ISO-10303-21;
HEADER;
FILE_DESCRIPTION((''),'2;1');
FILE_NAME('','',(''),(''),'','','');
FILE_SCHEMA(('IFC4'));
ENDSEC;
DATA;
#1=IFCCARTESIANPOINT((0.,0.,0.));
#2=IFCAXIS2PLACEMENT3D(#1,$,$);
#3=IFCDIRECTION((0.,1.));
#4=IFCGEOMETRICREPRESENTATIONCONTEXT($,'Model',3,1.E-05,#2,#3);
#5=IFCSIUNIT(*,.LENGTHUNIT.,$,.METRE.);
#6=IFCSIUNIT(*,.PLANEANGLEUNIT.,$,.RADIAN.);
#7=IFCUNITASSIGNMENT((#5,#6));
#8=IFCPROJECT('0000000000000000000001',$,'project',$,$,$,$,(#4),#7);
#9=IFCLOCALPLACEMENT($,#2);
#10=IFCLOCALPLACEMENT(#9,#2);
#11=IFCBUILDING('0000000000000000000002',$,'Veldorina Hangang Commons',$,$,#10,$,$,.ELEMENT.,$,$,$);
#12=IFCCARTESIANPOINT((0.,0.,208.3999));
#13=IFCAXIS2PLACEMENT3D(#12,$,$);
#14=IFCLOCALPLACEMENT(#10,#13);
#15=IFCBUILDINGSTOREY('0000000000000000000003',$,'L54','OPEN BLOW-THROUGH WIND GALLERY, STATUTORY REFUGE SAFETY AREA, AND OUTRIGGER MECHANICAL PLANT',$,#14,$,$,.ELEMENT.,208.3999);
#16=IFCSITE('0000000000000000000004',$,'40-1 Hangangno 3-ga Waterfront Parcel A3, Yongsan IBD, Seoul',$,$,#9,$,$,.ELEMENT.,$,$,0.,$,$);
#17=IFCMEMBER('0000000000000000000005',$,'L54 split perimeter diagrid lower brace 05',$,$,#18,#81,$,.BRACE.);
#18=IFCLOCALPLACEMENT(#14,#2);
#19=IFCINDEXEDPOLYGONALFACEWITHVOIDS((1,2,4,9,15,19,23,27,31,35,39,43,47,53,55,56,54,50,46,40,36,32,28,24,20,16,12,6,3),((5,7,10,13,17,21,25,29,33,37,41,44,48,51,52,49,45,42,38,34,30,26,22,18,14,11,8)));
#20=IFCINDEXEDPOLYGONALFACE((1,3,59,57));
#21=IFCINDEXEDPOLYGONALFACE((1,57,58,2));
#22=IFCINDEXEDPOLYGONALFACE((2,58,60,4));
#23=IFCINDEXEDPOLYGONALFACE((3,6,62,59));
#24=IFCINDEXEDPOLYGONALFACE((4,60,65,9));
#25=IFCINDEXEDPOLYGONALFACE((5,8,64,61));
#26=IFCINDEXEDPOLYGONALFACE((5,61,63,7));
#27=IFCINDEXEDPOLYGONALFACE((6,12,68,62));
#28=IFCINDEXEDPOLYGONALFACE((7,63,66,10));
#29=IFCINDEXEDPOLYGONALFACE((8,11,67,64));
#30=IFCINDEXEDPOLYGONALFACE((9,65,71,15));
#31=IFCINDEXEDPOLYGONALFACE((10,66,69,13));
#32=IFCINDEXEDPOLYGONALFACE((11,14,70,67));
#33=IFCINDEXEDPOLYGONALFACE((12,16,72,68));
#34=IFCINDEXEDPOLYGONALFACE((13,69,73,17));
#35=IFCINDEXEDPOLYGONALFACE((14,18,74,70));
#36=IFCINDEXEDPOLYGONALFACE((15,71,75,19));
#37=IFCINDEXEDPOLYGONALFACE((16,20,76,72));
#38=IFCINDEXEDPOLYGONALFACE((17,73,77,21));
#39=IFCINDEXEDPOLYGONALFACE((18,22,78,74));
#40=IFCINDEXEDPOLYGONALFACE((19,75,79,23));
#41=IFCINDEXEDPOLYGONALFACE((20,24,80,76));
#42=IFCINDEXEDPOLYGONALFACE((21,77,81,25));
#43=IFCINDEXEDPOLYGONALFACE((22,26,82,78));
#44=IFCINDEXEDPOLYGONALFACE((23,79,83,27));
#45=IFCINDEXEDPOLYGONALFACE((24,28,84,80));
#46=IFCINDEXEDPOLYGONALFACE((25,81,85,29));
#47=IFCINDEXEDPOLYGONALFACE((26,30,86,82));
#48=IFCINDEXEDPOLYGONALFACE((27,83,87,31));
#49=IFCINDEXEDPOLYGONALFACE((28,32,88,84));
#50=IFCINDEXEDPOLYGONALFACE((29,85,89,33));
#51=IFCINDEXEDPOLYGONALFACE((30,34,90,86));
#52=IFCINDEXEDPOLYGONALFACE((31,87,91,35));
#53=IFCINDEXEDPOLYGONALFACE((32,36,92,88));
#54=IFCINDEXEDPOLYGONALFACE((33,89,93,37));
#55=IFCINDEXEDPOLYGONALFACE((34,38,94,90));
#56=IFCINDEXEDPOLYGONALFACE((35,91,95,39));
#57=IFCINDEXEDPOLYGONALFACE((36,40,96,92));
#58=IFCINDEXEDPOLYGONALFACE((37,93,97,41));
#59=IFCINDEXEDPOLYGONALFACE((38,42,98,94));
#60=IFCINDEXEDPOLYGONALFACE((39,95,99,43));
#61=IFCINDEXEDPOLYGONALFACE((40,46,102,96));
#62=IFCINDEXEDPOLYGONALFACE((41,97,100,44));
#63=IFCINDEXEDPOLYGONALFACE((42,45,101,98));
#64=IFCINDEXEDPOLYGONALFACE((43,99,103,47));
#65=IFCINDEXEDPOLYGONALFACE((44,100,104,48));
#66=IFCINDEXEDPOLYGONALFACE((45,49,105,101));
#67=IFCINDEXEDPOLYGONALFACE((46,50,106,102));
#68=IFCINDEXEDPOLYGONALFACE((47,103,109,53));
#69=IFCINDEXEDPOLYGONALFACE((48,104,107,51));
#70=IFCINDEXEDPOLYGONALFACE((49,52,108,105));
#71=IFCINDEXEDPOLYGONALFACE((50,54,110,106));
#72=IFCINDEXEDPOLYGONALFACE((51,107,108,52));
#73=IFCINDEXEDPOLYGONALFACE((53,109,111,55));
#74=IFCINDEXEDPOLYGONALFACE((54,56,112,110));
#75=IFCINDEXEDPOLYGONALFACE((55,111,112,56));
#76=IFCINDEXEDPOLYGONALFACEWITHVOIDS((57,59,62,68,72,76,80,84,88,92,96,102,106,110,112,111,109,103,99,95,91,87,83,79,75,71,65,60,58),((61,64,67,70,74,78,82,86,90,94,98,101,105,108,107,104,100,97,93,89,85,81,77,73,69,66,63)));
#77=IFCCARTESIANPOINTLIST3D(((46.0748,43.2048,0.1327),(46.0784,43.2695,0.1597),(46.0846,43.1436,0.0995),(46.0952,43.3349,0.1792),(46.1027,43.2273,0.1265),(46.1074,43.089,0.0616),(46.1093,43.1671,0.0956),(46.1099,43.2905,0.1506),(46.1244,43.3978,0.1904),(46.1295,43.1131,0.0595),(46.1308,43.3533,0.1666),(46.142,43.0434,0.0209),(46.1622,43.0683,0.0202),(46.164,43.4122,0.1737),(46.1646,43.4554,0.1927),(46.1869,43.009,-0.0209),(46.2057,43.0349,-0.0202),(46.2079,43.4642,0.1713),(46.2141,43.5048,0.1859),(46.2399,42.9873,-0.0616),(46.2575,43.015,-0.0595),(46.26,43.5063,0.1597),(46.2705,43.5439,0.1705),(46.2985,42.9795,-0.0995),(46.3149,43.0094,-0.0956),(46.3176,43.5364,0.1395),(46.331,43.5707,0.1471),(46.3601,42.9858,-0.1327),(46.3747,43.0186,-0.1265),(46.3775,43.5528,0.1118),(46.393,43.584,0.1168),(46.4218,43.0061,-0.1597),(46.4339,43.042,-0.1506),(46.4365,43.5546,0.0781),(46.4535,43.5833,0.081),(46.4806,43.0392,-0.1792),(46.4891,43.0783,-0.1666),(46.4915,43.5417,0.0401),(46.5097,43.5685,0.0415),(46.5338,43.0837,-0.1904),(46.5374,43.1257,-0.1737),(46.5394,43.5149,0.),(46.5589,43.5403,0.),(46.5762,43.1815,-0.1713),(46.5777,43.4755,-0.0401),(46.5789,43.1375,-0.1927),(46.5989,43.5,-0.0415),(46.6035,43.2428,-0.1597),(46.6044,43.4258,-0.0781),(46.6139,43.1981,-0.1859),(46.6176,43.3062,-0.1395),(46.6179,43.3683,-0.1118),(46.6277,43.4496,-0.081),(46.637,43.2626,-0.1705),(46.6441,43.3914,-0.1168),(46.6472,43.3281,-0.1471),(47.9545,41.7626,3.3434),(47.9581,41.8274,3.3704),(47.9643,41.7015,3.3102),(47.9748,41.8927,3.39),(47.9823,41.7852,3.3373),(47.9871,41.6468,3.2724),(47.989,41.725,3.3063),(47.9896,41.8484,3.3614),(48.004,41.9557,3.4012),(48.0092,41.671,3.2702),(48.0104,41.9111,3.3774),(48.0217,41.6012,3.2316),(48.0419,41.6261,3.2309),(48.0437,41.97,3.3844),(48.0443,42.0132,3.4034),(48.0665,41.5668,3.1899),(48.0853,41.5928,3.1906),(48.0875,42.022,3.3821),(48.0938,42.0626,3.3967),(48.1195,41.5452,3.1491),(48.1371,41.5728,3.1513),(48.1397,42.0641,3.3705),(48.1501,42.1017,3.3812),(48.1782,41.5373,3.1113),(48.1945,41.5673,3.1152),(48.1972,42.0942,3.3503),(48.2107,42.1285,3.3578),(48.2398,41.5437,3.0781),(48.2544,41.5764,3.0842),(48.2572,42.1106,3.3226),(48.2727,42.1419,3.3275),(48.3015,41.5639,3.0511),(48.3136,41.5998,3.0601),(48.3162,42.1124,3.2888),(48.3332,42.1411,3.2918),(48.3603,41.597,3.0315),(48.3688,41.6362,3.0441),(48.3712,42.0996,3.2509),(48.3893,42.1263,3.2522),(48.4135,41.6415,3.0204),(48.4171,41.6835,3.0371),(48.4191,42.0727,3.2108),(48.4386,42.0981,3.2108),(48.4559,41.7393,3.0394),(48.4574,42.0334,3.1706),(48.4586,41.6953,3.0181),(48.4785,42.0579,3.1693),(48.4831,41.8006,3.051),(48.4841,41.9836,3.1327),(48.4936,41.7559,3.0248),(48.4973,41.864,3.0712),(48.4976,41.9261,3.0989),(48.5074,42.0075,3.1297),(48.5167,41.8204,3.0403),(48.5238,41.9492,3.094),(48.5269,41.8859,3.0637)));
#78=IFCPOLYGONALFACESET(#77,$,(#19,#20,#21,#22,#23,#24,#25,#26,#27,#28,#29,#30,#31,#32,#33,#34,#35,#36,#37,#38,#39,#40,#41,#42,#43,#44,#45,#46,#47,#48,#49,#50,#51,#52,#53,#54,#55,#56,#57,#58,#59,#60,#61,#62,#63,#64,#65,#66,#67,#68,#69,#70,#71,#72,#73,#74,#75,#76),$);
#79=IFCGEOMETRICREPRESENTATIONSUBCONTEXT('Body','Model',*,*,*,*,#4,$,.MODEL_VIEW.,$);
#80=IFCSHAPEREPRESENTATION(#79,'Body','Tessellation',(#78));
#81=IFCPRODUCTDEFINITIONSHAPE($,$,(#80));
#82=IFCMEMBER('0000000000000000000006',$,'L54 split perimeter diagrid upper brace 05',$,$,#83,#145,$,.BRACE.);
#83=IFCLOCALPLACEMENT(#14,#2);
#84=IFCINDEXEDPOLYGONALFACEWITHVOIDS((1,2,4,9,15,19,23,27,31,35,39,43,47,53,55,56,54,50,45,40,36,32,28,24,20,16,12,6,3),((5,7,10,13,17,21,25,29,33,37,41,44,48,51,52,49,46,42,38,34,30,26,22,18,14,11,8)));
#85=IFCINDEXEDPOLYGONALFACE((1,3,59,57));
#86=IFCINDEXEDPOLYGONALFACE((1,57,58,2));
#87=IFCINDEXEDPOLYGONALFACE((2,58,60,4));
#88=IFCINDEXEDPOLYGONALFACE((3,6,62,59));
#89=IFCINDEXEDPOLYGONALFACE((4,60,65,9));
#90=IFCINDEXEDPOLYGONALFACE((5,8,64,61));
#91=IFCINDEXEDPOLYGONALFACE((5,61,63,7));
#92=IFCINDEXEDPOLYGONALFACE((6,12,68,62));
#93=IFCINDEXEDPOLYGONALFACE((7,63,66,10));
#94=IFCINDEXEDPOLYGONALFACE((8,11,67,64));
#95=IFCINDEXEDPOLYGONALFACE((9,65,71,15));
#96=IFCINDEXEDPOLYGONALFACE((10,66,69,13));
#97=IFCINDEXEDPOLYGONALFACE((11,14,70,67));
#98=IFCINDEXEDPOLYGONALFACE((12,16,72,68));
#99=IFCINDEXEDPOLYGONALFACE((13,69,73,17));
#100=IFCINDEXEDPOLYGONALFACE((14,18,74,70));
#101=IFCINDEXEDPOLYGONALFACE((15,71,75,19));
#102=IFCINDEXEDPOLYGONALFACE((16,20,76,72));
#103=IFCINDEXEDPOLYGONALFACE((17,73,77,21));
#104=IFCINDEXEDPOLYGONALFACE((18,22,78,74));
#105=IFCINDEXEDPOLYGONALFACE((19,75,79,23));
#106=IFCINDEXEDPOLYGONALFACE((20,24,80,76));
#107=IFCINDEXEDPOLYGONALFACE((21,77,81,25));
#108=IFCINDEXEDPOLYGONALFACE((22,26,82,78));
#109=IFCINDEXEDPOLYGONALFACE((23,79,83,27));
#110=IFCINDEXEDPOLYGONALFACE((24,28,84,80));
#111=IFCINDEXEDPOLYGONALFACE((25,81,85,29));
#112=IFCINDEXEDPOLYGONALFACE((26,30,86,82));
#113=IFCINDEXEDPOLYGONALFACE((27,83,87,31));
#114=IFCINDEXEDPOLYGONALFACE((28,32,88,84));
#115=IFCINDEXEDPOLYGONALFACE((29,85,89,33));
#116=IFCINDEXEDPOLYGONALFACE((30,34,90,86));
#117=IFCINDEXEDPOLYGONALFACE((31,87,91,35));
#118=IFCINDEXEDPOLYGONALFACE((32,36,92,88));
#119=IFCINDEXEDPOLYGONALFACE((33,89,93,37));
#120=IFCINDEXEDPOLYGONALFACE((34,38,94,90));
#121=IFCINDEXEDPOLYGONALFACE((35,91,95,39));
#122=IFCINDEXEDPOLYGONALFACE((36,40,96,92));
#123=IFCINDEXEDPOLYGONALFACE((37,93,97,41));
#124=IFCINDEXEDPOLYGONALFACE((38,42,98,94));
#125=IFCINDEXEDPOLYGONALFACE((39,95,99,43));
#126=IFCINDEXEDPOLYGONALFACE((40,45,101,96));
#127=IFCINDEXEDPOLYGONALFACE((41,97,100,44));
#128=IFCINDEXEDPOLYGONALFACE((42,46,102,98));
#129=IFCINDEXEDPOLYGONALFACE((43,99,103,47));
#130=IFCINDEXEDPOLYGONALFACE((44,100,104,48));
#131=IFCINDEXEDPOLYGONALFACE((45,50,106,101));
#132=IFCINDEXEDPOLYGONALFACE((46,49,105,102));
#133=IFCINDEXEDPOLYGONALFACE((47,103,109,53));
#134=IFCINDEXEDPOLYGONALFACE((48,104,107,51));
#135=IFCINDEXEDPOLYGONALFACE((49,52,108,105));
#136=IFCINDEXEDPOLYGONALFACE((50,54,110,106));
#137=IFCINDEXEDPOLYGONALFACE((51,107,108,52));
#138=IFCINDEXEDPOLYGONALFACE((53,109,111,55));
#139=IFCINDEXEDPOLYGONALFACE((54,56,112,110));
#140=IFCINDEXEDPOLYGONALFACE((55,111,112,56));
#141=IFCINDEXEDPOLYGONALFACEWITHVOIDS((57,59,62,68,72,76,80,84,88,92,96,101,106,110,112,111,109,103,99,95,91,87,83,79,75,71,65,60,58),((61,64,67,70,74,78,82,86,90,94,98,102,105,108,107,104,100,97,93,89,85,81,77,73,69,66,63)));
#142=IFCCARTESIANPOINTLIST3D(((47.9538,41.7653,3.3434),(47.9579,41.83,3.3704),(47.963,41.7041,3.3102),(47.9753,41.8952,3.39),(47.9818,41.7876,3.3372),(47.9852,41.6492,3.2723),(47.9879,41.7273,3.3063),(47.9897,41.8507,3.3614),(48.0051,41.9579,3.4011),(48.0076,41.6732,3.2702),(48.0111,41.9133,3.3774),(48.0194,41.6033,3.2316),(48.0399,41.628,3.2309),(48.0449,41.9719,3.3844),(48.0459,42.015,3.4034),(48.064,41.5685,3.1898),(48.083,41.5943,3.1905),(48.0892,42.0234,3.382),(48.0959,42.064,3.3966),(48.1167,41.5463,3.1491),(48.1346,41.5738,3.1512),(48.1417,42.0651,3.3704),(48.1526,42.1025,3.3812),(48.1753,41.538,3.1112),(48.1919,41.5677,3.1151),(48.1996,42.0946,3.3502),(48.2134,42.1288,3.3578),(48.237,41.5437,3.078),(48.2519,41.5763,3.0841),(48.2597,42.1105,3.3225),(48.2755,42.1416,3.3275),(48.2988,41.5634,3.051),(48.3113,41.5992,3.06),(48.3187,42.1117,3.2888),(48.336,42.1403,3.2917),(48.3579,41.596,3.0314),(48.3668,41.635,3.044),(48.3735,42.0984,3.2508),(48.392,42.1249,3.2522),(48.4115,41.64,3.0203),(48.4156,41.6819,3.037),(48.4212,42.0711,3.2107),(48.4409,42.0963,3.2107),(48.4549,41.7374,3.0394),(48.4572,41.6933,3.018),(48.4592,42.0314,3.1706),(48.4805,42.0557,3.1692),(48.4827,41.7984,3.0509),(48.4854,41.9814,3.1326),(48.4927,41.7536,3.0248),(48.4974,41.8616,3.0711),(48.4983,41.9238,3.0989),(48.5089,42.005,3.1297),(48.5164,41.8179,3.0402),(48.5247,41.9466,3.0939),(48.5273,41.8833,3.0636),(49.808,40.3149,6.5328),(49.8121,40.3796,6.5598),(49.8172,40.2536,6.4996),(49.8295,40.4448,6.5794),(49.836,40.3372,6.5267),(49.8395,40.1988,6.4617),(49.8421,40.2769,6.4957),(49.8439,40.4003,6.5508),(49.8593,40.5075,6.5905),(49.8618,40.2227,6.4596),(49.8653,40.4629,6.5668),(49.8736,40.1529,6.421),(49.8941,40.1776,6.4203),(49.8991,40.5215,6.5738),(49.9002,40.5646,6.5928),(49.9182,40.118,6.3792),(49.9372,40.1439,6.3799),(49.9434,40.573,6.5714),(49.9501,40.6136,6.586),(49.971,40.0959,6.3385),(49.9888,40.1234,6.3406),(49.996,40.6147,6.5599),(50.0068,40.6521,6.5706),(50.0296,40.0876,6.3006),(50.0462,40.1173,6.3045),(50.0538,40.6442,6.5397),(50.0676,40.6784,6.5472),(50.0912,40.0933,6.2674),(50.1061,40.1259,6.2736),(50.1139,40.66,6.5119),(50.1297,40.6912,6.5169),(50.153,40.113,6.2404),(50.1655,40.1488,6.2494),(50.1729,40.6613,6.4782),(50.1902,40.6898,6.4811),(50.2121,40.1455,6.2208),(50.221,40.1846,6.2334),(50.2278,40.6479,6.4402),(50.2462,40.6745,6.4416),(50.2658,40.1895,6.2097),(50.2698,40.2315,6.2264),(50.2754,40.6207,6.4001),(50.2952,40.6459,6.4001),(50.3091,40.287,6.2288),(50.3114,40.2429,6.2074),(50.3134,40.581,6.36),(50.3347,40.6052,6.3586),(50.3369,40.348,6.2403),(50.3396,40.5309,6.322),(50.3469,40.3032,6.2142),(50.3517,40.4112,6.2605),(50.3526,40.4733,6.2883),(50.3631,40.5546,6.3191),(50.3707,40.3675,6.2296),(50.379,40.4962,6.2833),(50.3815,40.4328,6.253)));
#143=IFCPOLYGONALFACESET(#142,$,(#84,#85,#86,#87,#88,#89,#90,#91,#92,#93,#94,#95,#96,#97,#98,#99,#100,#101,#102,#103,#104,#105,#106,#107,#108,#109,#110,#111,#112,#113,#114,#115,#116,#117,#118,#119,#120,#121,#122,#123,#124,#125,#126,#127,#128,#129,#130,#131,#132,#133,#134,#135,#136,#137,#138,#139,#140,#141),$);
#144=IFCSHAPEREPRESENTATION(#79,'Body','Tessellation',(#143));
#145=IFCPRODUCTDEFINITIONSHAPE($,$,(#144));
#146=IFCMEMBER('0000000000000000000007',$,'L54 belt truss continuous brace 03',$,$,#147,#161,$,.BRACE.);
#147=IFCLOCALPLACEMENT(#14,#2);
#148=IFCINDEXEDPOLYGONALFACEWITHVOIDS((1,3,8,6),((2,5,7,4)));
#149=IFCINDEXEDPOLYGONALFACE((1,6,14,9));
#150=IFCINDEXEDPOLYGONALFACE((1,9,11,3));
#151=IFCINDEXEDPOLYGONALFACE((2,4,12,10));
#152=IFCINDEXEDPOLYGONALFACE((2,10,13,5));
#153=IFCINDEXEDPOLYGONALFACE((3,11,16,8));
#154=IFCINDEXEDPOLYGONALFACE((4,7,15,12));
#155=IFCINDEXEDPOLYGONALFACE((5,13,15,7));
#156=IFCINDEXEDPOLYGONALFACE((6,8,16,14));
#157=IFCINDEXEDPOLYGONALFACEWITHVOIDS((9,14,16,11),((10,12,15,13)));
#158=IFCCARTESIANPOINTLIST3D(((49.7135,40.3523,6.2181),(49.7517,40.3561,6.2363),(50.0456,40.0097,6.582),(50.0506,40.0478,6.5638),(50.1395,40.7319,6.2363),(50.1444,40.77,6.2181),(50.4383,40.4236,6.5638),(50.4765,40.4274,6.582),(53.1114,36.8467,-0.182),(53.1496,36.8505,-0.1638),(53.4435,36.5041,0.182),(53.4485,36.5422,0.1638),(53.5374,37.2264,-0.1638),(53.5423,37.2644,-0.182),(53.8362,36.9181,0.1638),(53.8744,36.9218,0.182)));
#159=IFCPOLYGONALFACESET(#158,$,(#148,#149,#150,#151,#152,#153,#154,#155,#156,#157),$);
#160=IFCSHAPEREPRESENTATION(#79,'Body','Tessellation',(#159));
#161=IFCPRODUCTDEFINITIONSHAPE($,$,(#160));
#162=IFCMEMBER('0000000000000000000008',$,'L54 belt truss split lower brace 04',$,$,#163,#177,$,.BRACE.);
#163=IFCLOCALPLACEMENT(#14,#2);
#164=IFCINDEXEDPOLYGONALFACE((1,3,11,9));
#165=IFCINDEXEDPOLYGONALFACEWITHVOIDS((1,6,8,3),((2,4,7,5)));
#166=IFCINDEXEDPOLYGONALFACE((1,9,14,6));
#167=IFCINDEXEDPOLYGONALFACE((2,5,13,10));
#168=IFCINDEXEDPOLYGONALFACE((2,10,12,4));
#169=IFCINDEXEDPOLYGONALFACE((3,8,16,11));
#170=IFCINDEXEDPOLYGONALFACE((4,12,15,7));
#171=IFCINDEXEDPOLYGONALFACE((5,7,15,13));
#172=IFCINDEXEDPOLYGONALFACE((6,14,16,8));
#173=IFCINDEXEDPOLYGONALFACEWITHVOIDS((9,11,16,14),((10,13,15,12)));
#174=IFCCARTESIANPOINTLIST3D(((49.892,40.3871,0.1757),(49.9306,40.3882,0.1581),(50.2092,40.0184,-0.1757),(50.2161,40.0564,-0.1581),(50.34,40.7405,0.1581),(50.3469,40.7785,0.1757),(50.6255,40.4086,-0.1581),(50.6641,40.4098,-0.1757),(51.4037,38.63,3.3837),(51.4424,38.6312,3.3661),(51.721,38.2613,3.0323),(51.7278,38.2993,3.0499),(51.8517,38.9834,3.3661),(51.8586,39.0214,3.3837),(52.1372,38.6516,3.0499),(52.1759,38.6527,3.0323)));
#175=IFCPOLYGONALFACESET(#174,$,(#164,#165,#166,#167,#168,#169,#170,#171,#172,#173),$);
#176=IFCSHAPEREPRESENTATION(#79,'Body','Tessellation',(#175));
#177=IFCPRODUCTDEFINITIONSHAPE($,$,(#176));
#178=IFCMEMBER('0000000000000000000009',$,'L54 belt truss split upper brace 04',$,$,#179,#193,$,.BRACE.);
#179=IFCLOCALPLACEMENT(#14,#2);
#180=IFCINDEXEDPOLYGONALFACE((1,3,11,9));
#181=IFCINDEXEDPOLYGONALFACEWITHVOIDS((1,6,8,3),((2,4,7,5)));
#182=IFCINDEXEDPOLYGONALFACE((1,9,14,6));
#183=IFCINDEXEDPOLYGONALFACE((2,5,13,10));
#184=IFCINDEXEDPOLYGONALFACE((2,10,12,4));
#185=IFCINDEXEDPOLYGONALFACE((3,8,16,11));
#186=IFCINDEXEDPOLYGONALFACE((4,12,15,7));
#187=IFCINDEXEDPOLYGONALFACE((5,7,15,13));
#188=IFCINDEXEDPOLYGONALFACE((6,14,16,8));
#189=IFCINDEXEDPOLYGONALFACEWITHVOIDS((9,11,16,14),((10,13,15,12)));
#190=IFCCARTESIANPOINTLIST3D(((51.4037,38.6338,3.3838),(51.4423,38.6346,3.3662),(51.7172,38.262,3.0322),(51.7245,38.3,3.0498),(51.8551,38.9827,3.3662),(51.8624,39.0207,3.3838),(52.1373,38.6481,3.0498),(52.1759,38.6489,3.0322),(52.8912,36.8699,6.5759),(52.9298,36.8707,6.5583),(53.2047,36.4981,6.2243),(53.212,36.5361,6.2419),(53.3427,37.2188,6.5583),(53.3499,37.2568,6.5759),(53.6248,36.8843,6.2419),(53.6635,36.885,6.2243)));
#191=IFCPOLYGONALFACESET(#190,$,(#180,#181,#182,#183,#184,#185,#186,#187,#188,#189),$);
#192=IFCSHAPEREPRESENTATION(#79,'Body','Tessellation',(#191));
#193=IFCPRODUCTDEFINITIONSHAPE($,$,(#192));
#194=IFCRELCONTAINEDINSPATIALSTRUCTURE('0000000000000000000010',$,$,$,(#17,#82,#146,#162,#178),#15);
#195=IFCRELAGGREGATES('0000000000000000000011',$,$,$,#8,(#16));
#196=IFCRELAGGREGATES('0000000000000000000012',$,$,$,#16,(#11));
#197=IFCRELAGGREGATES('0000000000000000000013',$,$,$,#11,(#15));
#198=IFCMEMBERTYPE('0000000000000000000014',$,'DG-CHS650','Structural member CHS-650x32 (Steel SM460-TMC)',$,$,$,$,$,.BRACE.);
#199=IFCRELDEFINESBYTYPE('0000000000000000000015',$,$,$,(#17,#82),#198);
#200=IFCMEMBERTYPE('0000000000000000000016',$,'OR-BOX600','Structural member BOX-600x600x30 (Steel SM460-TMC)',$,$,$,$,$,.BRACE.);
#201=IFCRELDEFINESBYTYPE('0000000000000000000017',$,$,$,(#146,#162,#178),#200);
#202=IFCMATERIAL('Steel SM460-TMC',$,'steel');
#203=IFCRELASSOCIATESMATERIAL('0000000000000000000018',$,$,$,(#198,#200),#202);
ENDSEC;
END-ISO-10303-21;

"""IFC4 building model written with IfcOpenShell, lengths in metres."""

from ifc_helpers import new_model, si_unit, direction, frame, origin, origin_2d, place, context, subcontext, project, spatial, hollow_rectangle, hollow_circle, extrude, material, material_profile, profile_set, type_object, element, save


model = new_model("IFC4")

# Units and contexts
model_context = context("Model", 3, precision=1e-05, world=origin(), true_north=direction((0.0, 1.0)))
body_context = subcontext(model_context, "Body", "Model", "MODEL_VIEW")
ifc_project = project(units=[si_unit("LENGTHUNIT", "METRE"), si_unit("PLANEANGLEUNIT", "RADIAN")], contexts=[model_context])

# Site, building, storey
site_placement = place(None, origin())
site = spatial("IfcSite", under=ifc_project, at=site_placement, Name="40-1 Hangangno 3-ga Waterfront Parcel A3, Yongsan IBD, Seoul", CompositionType="ELEMENT", RefElevation=0.0)
building_placement = place(site_placement, origin())
building = spatial("IfcBuilding", under=site, at=building_placement, Name="Veldorina Hangang Commons", CompositionType="ELEMENT")
storey_placement = place(building_placement, frame((0.0, 0.0, 208.3999)))
storey = spatial("IfcBuildingStorey", under=building, at=storey_placement, Name="L54", Description="OPEN BLOW-THROUGH WIND GALLERY, STATUTORY REFUGE SAFETY AREA, AND OUTRIGGER MECHANICAL PLANT", CompositionType="ELEMENT", Elevation=208.3999)

# Shared definitions
ifc_material_1 = material(Name="Steel SM460-TMC", Category="steel")

# Members
ifc_material_profile_1 = material_profile(ifc_material_1, hollow_circle(Radius=0.325, WallThickness=0.032, at=origin_2d()), Name="CHS-650x32")
ifc_profile_set_1 = profile_set([ifc_material_profile_1], Name="Steel SM460-TMC")
member_type_1 = type_object("IfcMemberType", Name="DG-CHS650", Description="Structural member CHS-650x32 (Steel SM460-TMC)", PredefinedType="BRACE", material=ifc_profile_set_1)
member_1_placement = place(storey_placement, frame((46.3611, 43.2825, 0.0), z_axis=(0.471069, -0.361424, 0.804653), x_axis=(0.608719, 0.793386, 0.0)))
element("IfcMember", 1, at=member_1_placement, inside=storey, type_object=member_type_1, Name="L54 split perimeter diagrid lower brace 05", PredefinedType="BRACE", context=body_context, shape_type="SweptSolid", body=[
    extrude(hollow_circle(Radius=0.325, WallThickness=0.032, at=origin_2d()), origin(), (0.0, 0.0, 1.0), 3.9902),
])
member_2_placement = place(storey_placement, frame((48.2407, 41.8403, 3.2107), z_axis=(0.467752, -0.365888, 0.804571), x_axis=(0.616121, 0.787652, 0.0)))
element("IfcMember", 2, at=member_2_placement, inside=storey, type_object=member_type_1, Name="L54 split perimeter diagrid upper brace 05", PredefinedType="BRACE", context=body_context, shape_type="SweptSolid", body=[
    extrude(hollow_circle(Radius=0.325, WallThickness=0.032, at=origin_2d()), origin(), (0.0, 0.0, 1.0), 3.9641),
])
ifc_material_profile_2 = material_profile(ifc_material_1, hollow_rectangle(XDim=0.6001, YDim=0.6001, WallThickness=0.03, at=origin_2d()), Name="BOX-600x600x30")
ifc_profile_set_2 = profile_set([ifc_material_profile_2], Name="Steel SM460-TMC")
member_type_2 = type_object("IfcMemberType", Name="OR-BOX600", Description="Structural member BOX-600x600x30 (Steel SM460-TMC)", PredefinedType="BRACE", material=ifc_profile_set_2)
member_3_placement = place(storey_placement, frame((53.4929, 36.8843, 0.0), z_axis=(-0.422123, 0.435498, 0.795081), x_axis=(-0.718047, -0.695994, 0.0)))
element("IfcMember", 3, at=member_3_placement, inside=storey, type_object=member_type_2, Name="L54 belt truss continuous brace 03", PredefinedType="BRACE", context=body_context, shape_type="SweptSolid", body=[
    extrude(hollow_rectangle(XDim=0.6001, YDim=0.6001, WallThickness=0.03, at=origin_2d()), origin(), (0.0, 0.0, 1.0), 8.0496),
])
member_4_placement = place(storey_placement, frame((50.2781, 40.3984, 0.0), z_axis=(0.381962, -0.443957, 0.81056), x_axis=(0.758051, 0.652195, 0.0)))
element("IfcMember", 4, at=member_4_placement, inside=storey, type_object=member_type_2, Name="L54 belt truss split lower brace 04", PredefinedType="BRACE", context=body_context, shape_type="SweptSolid", body=[
    extrude(hollow_rectangle(XDim=0.6001, YDim=0.6001, WallThickness=0.03, at=origin_2d()), origin(), (0.0, 0.0, 1.0), 3.9578),
])
member_5_placement = place(storey_placement, frame((51.7898, 38.6414, 3.208), z_axis=(0.377668, -0.447834, 0.810439), x_axis=(0.764453, 0.64468, 0.0)))
element("IfcMember", 5, at=member_5_placement, inside=storey, type_object=member_type_2, Name="L54 belt truss split upper brace 04", PredefinedType="BRACE", context=body_context, shape_type="SweptSolid", body=[
    extrude(hollow_rectangle(XDim=0.6001, YDim=0.6001, WallThickness=0.03, at=origin_2d()), origin(), (0.0, 0.0, 1.0), 3.9387),
])

save(model, "model.ifc")
